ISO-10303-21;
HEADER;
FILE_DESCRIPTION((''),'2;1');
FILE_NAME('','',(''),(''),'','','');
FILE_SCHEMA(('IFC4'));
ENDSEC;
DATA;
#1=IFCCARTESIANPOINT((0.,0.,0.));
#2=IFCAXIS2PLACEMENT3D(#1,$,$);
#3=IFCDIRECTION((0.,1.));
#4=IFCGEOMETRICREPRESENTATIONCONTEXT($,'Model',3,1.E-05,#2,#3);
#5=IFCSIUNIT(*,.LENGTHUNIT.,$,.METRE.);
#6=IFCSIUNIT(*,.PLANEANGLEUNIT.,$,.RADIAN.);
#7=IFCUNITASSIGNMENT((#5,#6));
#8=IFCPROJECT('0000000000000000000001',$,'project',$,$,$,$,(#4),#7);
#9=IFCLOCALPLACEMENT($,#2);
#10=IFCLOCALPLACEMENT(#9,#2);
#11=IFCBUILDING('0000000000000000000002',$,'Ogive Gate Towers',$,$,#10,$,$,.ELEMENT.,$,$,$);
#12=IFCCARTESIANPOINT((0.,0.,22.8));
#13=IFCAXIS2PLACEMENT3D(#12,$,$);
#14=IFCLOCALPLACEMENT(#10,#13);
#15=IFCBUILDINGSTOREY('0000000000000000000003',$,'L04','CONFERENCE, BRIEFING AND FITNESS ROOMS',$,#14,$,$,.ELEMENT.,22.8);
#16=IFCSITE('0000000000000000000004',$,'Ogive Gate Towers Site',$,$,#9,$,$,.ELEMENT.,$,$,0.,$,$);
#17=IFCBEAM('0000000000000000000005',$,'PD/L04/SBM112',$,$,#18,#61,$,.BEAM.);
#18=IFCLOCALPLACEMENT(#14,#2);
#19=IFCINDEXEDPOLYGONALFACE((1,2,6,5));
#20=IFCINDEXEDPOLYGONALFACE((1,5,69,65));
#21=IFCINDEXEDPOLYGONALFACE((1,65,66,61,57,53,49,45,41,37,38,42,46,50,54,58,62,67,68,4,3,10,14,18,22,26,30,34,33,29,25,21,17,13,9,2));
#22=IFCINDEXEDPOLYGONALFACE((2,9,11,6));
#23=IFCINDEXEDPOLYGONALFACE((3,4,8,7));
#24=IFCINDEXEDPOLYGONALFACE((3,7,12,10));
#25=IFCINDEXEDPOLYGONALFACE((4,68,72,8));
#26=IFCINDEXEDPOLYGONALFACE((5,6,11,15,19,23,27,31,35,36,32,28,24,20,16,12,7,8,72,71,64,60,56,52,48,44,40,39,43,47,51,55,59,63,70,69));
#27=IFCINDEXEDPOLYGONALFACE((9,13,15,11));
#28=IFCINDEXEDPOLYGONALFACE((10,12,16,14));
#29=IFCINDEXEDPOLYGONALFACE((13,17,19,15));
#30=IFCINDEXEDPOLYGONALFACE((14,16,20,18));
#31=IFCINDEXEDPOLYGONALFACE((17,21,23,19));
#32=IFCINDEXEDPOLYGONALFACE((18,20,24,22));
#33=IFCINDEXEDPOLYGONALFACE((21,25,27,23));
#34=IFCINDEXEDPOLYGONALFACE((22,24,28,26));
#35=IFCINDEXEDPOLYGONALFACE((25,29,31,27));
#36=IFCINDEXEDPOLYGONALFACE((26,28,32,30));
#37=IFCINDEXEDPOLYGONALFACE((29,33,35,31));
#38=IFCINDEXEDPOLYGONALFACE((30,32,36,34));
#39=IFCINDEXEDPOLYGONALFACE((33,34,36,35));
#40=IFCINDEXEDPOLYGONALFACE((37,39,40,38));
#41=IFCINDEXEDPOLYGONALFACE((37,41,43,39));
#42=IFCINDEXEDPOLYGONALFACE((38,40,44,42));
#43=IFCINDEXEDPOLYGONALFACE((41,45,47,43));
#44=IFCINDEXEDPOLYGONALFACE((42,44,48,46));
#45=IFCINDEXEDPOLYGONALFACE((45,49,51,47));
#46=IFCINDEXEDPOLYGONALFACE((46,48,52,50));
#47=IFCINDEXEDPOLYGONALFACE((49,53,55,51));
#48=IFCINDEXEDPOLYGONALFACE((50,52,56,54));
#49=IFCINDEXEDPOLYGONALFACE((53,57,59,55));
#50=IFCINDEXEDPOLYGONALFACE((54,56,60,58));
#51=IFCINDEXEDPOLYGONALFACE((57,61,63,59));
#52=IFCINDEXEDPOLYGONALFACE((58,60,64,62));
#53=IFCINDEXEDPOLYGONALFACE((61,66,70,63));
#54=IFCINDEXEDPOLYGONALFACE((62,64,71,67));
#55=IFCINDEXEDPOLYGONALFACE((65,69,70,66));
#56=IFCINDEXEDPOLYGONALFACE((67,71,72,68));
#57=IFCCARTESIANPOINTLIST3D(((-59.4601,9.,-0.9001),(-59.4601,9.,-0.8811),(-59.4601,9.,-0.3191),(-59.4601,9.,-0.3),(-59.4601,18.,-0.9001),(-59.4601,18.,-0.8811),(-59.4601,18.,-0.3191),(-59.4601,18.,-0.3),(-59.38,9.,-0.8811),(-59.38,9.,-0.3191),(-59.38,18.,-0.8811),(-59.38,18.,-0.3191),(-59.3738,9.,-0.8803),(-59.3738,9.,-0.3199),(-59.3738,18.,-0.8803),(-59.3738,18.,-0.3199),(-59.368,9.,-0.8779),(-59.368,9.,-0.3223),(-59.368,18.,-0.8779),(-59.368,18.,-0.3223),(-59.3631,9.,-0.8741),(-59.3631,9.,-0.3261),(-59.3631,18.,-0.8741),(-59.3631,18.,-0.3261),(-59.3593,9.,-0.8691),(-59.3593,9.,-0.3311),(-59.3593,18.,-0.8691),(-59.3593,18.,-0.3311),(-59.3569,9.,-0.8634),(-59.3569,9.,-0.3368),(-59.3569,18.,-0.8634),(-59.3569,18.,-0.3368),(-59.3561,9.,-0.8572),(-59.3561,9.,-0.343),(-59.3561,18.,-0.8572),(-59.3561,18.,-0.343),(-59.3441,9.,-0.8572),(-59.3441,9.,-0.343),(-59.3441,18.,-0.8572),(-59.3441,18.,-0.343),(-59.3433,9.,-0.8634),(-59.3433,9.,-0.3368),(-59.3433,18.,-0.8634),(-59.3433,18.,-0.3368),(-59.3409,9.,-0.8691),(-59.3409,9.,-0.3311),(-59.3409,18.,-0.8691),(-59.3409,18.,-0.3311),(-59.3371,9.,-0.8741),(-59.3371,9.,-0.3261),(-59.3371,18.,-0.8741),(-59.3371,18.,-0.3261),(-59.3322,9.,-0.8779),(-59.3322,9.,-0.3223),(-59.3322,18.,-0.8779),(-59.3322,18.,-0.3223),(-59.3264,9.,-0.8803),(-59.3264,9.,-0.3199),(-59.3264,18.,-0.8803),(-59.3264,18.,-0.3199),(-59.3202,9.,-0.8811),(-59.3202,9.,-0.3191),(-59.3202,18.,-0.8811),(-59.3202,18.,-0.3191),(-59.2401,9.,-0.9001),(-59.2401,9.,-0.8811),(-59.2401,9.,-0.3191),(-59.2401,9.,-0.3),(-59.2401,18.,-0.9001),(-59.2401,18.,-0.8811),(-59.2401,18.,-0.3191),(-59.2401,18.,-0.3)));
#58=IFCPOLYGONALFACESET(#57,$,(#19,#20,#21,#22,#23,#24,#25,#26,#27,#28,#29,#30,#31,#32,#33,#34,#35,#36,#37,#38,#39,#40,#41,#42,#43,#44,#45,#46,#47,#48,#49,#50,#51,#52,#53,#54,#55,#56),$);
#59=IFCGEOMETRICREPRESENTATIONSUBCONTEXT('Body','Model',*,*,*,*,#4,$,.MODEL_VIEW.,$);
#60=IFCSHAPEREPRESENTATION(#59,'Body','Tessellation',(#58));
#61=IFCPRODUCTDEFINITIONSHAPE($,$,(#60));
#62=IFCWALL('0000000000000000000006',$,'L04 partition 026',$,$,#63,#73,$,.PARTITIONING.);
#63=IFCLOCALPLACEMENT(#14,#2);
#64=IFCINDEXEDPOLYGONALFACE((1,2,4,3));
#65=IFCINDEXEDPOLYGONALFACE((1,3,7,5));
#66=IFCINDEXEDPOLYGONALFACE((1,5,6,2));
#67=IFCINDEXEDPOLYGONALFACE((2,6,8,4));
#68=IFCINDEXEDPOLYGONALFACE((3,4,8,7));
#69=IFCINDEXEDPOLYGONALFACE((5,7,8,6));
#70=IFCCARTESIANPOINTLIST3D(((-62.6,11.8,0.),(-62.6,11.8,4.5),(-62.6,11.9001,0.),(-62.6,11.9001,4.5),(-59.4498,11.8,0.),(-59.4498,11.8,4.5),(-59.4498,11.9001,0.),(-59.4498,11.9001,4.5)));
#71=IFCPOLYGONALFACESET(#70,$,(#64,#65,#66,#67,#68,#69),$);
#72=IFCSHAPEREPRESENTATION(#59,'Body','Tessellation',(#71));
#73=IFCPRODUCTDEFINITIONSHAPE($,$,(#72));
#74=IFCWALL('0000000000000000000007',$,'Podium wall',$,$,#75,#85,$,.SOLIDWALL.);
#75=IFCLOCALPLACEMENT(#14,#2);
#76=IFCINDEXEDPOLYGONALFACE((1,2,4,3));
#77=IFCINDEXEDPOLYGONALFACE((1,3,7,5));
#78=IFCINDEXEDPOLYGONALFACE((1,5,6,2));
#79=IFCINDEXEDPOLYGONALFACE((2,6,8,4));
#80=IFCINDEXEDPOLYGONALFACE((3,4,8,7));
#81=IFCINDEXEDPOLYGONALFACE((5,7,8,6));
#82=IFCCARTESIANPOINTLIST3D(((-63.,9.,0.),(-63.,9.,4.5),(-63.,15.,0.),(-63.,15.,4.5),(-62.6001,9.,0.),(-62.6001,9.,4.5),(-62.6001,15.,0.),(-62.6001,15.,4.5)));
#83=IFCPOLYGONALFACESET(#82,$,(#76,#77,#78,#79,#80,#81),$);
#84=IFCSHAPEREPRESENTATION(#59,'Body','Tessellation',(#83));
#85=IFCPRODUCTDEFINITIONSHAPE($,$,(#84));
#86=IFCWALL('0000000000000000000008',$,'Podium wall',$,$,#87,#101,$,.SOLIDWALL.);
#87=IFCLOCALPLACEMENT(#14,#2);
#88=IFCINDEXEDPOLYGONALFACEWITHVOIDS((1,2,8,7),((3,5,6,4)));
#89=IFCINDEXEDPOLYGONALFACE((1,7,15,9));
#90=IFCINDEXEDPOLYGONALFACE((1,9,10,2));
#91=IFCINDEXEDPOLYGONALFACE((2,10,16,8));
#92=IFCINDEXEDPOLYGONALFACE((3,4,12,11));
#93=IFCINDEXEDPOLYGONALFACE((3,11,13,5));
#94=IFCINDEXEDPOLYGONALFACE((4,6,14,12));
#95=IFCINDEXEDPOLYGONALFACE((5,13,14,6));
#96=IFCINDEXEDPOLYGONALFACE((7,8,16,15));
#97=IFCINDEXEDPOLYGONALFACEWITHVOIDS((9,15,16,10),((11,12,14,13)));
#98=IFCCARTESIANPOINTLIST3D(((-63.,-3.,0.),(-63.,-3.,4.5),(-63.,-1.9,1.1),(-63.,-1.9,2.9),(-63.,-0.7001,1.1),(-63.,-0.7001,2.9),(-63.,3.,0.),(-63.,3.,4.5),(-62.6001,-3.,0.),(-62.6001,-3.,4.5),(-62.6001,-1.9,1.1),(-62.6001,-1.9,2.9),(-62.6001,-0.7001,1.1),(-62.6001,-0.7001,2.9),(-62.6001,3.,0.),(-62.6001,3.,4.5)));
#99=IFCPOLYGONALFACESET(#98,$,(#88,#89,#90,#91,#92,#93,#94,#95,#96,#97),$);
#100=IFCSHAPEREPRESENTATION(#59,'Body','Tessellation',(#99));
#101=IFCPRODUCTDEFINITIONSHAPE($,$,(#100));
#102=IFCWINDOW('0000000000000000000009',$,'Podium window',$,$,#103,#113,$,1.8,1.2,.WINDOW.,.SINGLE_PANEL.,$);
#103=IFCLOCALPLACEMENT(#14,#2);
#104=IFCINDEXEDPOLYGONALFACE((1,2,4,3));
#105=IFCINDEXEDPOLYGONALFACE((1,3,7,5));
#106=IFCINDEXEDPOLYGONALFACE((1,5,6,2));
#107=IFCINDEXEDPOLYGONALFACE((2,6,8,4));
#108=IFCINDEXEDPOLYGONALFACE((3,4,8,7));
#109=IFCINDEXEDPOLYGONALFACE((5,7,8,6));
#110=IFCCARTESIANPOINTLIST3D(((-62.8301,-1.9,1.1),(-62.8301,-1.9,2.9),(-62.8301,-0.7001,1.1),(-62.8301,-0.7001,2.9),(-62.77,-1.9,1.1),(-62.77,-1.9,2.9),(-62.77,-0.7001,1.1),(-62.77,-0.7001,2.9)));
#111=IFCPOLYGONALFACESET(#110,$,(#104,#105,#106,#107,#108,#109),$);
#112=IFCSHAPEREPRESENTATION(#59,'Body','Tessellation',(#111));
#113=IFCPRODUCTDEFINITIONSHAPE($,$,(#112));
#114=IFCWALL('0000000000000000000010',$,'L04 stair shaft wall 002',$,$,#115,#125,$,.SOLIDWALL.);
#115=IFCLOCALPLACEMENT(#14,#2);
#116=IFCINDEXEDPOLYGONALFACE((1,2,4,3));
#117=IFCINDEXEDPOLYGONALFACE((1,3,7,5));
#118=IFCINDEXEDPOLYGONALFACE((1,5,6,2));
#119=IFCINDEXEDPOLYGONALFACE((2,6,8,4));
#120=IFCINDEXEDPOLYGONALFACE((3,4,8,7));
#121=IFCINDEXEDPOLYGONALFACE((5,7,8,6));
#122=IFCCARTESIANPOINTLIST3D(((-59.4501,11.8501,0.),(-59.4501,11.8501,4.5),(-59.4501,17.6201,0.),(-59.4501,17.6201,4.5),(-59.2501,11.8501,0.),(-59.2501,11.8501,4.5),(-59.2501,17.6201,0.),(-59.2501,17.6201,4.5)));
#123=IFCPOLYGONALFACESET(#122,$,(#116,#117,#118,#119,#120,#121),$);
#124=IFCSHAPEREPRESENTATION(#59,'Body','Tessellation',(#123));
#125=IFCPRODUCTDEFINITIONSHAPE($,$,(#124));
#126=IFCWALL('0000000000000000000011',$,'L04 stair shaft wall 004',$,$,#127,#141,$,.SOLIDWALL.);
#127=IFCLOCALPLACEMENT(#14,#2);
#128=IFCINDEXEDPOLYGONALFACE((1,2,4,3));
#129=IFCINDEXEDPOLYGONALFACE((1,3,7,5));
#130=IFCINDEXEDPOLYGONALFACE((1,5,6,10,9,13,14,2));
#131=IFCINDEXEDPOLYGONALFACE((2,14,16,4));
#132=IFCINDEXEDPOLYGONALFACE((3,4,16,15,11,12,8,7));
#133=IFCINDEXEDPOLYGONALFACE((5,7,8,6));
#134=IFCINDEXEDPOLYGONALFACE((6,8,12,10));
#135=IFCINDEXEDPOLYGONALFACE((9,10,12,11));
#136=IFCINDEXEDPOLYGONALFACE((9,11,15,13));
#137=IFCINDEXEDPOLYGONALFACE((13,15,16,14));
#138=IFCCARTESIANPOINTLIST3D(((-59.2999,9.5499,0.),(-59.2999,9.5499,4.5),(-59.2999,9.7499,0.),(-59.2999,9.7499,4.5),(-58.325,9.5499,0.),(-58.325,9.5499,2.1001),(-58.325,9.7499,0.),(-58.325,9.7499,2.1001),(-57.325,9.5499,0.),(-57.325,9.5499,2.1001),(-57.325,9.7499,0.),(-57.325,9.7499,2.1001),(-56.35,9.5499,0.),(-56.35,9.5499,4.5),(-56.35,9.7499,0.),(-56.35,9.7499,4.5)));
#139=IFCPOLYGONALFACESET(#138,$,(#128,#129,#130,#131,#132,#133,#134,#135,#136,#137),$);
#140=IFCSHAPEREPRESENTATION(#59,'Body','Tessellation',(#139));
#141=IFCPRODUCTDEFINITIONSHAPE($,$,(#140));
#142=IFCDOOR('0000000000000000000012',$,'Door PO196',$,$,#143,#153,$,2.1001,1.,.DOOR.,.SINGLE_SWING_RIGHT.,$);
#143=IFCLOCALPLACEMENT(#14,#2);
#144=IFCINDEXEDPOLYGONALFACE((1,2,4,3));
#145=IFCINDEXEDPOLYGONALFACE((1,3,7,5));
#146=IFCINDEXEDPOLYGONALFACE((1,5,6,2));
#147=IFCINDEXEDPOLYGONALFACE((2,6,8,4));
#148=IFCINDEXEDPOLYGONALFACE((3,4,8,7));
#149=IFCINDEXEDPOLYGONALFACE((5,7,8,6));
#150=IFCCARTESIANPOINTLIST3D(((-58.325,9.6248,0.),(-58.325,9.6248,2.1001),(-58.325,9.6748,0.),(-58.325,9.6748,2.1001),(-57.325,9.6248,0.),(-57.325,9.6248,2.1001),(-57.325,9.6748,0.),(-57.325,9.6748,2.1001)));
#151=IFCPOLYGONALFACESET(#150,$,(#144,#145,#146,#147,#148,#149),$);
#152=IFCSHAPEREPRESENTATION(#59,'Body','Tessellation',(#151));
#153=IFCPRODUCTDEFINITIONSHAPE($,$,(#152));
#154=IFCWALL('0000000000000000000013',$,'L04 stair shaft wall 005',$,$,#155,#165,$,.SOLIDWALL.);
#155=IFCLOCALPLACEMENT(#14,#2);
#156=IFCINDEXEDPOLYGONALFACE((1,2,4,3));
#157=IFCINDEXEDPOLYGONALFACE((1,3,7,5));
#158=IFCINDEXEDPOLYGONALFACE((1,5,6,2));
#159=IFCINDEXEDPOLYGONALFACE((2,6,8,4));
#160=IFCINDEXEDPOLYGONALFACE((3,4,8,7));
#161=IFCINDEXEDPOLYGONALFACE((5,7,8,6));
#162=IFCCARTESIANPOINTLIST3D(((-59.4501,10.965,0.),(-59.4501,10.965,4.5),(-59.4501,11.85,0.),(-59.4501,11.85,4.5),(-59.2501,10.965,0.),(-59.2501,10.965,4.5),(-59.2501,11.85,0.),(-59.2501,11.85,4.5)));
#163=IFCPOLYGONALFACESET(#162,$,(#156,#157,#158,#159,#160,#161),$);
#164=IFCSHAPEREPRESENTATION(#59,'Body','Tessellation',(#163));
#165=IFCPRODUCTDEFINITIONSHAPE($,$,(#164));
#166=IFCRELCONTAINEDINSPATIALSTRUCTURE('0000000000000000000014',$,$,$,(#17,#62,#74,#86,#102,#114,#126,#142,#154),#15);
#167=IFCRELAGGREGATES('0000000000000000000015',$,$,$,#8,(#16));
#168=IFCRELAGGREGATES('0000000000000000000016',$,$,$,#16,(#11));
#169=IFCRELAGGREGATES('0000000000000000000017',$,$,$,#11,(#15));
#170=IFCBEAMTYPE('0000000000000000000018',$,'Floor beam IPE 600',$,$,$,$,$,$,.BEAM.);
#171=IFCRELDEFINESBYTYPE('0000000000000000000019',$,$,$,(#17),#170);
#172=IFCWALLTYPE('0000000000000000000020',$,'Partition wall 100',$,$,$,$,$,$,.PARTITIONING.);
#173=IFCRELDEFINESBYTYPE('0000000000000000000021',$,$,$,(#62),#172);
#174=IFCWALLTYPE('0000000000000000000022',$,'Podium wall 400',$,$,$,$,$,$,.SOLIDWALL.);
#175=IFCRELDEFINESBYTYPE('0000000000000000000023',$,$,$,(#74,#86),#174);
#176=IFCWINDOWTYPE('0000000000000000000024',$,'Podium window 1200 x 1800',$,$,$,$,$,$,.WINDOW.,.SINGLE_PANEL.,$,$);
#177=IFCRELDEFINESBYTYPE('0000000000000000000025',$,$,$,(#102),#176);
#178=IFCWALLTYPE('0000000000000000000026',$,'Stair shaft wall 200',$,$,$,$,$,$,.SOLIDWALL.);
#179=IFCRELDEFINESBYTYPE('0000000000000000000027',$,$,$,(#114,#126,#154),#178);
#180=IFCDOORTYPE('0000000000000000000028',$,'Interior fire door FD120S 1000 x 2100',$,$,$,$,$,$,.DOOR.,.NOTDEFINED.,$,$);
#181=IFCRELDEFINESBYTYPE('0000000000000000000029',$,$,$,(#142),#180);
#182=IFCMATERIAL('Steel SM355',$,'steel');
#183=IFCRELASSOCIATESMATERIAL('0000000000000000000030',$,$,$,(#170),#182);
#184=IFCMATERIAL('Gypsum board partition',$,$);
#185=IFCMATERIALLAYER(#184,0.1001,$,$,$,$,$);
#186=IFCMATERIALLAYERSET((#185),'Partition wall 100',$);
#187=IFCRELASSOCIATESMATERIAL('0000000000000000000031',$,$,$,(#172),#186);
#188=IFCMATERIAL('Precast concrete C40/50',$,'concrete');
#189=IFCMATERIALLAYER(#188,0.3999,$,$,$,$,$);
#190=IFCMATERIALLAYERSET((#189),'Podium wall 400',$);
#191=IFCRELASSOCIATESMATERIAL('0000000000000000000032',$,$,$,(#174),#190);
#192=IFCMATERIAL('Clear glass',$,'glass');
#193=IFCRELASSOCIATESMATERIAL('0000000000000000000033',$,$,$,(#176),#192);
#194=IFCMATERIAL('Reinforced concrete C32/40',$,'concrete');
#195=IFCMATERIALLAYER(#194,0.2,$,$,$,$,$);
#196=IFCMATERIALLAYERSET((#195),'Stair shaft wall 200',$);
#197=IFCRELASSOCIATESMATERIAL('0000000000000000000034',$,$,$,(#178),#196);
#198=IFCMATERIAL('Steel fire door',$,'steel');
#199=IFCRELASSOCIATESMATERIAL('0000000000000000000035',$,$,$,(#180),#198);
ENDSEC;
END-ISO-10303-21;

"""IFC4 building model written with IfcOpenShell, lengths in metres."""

from ifc_helpers import new_model, si_unit, direction, frame, frame_2d, origin, origin_2d, place, context, subcontext, project, spatial, rectangle, i_section, extrude, material, layer, layer_set, material_profile, profile_set, type_object, element, fill, save


model = new_model("IFC4")

# Units and contexts
model_context = context("Model", 3, precision=1e-05, world=origin(), true_north=direction((0.0, 1.0)))
body_context = subcontext(model_context, "Body", "Model", "MODEL_VIEW")
ifc_project = project(units=[si_unit("LENGTHUNIT", "METRE"), si_unit("PLANEANGLEUNIT", "RADIAN")], contexts=[model_context])

# Site, building, storey
site_placement = place(None, origin())
site = spatial("IfcSite", under=ifc_project, at=site_placement, Name="Ogive Gate Towers Site", CompositionType="ELEMENT", RefElevation=0.0)
building_placement = place(site_placement, origin())
building = spatial("IfcBuilding", under=site, at=building_placement, Name="Ogive Gate Towers", CompositionType="ELEMENT")
storey_placement = place(building_placement, frame((0.0, 0.0, 22.8)))
storey = spatial("IfcBuildingStorey", under=building, at=storey_placement, Name="L04", Description="CONFERENCE, BRIEFING AND FITNESS ROOMS", CompositionType="ELEMENT", Elevation=22.8)

# Beam
ifc_material_1 = material(Name="Steel SM355", Category="steel")
ifc_material_profile_1 = material_profile(ifc_material_1, i_section(OverallWidth=0.22, OverallDepth=0.6001, WebThickness=0.012, FlangeThickness=0.019, FilletRadius=0.0239, at=origin_2d()), Name="IPE 600")
ifc_profile_set_1 = profile_set([ifc_material_profile_1], Name="Steel SM355")
beam_type_1 = type_object("IfcBeamType", Name="Floor beam IPE 600", PredefinedType="BEAM", material=ifc_profile_set_1)
for number, where, z_axis, x_axis, name in (
    (1, (-59.3501, 9.0, -0.6001), (0.0, 1.0, 0.0), (-1.0, 0.0, 0.0), "PD/L04/SBM112"),
):
    element("IfcBeam", number, at=place(storey_placement, frame(where, z_axis=z_axis, x_axis=x_axis)), inside=storey, type_object=beam_type_1, Name=name, PredefinedType="BEAM", context=body_context, shape_type="SweptSolid", body=[
        extrude(i_section(OverallWidth=0.22, OverallDepth=0.6001, WebThickness=0.012, FlangeThickness=0.019, FilletRadius=0.0239, at=origin_2d()), origin(), (0.0, 0.0, 1.0), 9.0),
    ])

# Walls
ifc_material_2 = material(Name="Gypsum board partition")
ifc_layer_1 = layer(ifc_material_2, 0.1001)
ifc_layer_set_1 = layer_set([ifc_layer_1], Name="Partition wall 100")
wall_type_1 = type_object("IfcWallType", Name="Partition wall 100", PredefinedType="PARTITIONING", material=ifc_layer_set_1)
wall_1_placement = place(storey_placement, frame((-62.6001, 11.8501, 0.0), z_axis=(0.0, 0.0, 1.0), x_axis=(1.0, 0.0, 0.0)))
element("IfcWall", 2, at=wall_1_placement, inside=storey, type_object=wall_type_1, Name="L04 partition 026", PredefinedType="PARTITIONING", context=body_context, shape_type="SweptSolid", body=[
    extrude(rectangle(XDim=3.1501, YDim=0.1001, at=frame_2d((1.5752, 0.0))), origin(), (0.0, 0.0, 1.0), 4.5),
])
ifc_material_3 = material(Name="Precast concrete C40/50", Category="concrete")
ifc_layer_2 = layer(ifc_material_3, 0.3999)
ifc_layer_set_2 = layer_set([ifc_layer_2], Name="Podium wall 400")
wall_type_2 = type_object("IfcWallType", Name="Podium wall 400", PredefinedType="SOLIDWALL", material=ifc_layer_set_2)
wall_2_placement = place(storey_placement, frame((-62.8, 15.0, 0.0), z_axis=(0.0, 0.0, 1.0), x_axis=(0.0, -1.0, 0.0)))
element("IfcWall", 3, at=wall_2_placement, inside=storey, type_object=wall_type_2, Name="Podium wall", PredefinedType="SOLIDWALL", context=body_context, shape_type="SweptSolid", body=[
    extrude(rectangle(XDim=6.0, YDim=0.3999, at=frame_2d((3.0, 0.0))), origin(), (0.0, 0.0, 1.0), 4.5),
])

# Wall, opening, window
wall_3_placement = place(storey_placement, frame((-62.8, 3.0, 0.0), z_axis=(0.0, 0.0, 1.0), x_axis=(0.0, -1.0, 0.0)))
wall_3 = element("IfcWall", 4, at=wall_3_placement, inside=storey, type_object=wall_type_2, Name="Podium wall", PredefinedType="SOLIDWALL", context=body_context, shape_type="SweptSolid", body=[
    extrude(rectangle(XDim=6.0, YDim=0.3999, at=frame_2d((3.0, 0.0))), origin(), (0.0, 0.0, 1.0), 4.5),
])
opening_1_placement = place(wall_3_placement, frame((3.7, 0.0, 1.1001)))
opening_1 = element("IfcOpeningElement", 5, at=opening_1_placement, cuts=wall_3, PredefinedType="OPENING", context=body_context, shape_type="SweptSolid", body=[
    extrude(rectangle(XDim=1.2, YDim=1.8, at=frame_2d((0.6001, 0.8999))), frame((0.0, 0.21, 0.0), z_axis=(0.0, -1.0, 0.0), x_axis=(1.0, 0.0, 0.0)), (0.0, 0.0, 1.0), 0.4199),
])
ifc_material_4 = material(Name="Clear glass", Category="glass")
window_type = type_object("IfcWindowType", Name="Podium window 1200 x 1800", PartitioningType="SINGLE_PANEL", PredefinedType="WINDOW", material=ifc_material_4)
window_placement = place(opening_1_placement, origin())
window = element("IfcWindow", 6, at=window_placement, inside=storey, type_object=window_type, Name="Podium window", OverallHeight=1.8, OverallWidth=1.2, PartitioningType="SINGLE_PANEL", PredefinedType="WINDOW", context=body_context, shape_type="SweptSolid", body=[
    extrude(rectangle(XDim=1.2, YDim=1.8, at=frame_2d((0.6001, 0.8999))), frame((0.0, 0.03, 0.0), z_axis=(0.0, -1.0, 0.0), x_axis=(1.0, 0.0, 0.0)), (0.0, 0.0, 1.0), 0.0601),
])
fill(opening_1, window)

# Wall
ifc_material_5 = material(Name="Reinforced concrete C32/40", Category="concrete")
ifc_layer_3 = layer(ifc_material_5, 0.2)
ifc_layer_set_3 = layer_set([ifc_layer_3], Name="Stair shaft wall 200")
wall_type_3 = type_object("IfcWallType", Name="Stair shaft wall 200", PredefinedType="SOLIDWALL", material=ifc_layer_set_3)
wall_4_placement = place(storey_placement, frame((-59.3501, 11.8501, 0.0), z_axis=(0.0, 0.0, 1.0), x_axis=(0.0, 1.0, 0.0)))
element("IfcWall", 7, at=wall_4_placement, inside=storey, type_object=wall_type_3, Name="L04 stair shaft wall 002", PredefinedType="SOLIDWALL", context=body_context, shape_type="SweptSolid", body=[
    extrude(rectangle(XDim=5.77, YDim=0.2, at=frame_2d((2.885, 0.0))), origin(), (0.0, 0.0, 1.0), 4.5),
])

# Wall, opening, door
wall_5_placement = place(storey_placement, frame((-59.3, 9.6499, 0.0), z_axis=(0.0, 0.0, 1.0), x_axis=(1.0, 0.0, 0.0)))
wall_5 = element("IfcWall", 8, at=wall_5_placement, inside=storey, type_object=wall_type_3, Name="L04 stair shaft wall 004", PredefinedType="SOLIDWALL", context=body_context, shape_type="SweptSolid", body=[
    extrude(rectangle(XDim=2.95, YDim=0.2, at=frame_2d((1.4751, 0.0))), origin(), (0.0, 0.0, 1.0), 4.5),
])
opening_2_placement = place(wall_5_placement, frame((0.9751, 0.0, 0.0)))
opening_2 = element("IfcOpeningElement", 9, at=opening_2_placement, cuts=wall_5, PredefinedType="OPENING", context=body_context, shape_type="SweptSolid", body=[
    extrude(rectangle(XDim=1.0, YDim=2.1001, at=frame_2d((0.5, 1.05))), frame((0.0, 0.1099, 0.0), z_axis=(0.0, -1.0, 0.0), x_axis=(1.0, 0.0, 0.0)), (0.0, 0.0, 1.0), 0.22),
])
ifc_material_6 = material(Name="Steel fire door", Category="steel")
door_type_1 = type_object("IfcDoorType", Name="Interior fire door FD120S 1000 x 2100", OperationType="NOTDEFINED", PredefinedType="DOOR", material=ifc_material_6)
door_1_placement = place(opening_2_placement, origin())
door_1 = element("IfcDoor", 10, at=door_1_placement, inside=storey, type_object=door_type_1, Name="Door PO196", OperationType="SINGLE_SWING_RIGHT", OverallHeight=2.1001, OverallWidth=1.0, PredefinedType="DOOR", context=body_context, shape_type="SweptSolid", body=[
    extrude(rectangle(XDim=1.0, YDim=2.1001, at=frame_2d((0.5, 1.05))), frame((0.0, 0.0249, 0.0), z_axis=(0.0, -1.0, 0.0), x_axis=(1.0, 0.0, 0.0)), (0.0, 0.0, 1.0), 0.05),
])
fill(opening_2, door_1)

# Wall
wall_6_placement = place(storey_placement, frame((-59.3501, 10.9651, 0.0), z_axis=(0.0, 0.0, 1.0), x_axis=(0.0, 1.0, 0.0)))
element("IfcWall", 11, at=wall_6_placement, inside=storey, type_object=wall_type_3, Name="L04 stair shaft wall 005", PredefinedType="SOLIDWALL", context=body_context, shape_type="SweptSolid", body=[
    extrude(rectangle(XDim=0.885, YDim=0.2, at=frame_2d((0.4424, 0.0))), origin(), (0.0, 0.0, 1.0), 4.5),
])

save(model, "model.ifc")
